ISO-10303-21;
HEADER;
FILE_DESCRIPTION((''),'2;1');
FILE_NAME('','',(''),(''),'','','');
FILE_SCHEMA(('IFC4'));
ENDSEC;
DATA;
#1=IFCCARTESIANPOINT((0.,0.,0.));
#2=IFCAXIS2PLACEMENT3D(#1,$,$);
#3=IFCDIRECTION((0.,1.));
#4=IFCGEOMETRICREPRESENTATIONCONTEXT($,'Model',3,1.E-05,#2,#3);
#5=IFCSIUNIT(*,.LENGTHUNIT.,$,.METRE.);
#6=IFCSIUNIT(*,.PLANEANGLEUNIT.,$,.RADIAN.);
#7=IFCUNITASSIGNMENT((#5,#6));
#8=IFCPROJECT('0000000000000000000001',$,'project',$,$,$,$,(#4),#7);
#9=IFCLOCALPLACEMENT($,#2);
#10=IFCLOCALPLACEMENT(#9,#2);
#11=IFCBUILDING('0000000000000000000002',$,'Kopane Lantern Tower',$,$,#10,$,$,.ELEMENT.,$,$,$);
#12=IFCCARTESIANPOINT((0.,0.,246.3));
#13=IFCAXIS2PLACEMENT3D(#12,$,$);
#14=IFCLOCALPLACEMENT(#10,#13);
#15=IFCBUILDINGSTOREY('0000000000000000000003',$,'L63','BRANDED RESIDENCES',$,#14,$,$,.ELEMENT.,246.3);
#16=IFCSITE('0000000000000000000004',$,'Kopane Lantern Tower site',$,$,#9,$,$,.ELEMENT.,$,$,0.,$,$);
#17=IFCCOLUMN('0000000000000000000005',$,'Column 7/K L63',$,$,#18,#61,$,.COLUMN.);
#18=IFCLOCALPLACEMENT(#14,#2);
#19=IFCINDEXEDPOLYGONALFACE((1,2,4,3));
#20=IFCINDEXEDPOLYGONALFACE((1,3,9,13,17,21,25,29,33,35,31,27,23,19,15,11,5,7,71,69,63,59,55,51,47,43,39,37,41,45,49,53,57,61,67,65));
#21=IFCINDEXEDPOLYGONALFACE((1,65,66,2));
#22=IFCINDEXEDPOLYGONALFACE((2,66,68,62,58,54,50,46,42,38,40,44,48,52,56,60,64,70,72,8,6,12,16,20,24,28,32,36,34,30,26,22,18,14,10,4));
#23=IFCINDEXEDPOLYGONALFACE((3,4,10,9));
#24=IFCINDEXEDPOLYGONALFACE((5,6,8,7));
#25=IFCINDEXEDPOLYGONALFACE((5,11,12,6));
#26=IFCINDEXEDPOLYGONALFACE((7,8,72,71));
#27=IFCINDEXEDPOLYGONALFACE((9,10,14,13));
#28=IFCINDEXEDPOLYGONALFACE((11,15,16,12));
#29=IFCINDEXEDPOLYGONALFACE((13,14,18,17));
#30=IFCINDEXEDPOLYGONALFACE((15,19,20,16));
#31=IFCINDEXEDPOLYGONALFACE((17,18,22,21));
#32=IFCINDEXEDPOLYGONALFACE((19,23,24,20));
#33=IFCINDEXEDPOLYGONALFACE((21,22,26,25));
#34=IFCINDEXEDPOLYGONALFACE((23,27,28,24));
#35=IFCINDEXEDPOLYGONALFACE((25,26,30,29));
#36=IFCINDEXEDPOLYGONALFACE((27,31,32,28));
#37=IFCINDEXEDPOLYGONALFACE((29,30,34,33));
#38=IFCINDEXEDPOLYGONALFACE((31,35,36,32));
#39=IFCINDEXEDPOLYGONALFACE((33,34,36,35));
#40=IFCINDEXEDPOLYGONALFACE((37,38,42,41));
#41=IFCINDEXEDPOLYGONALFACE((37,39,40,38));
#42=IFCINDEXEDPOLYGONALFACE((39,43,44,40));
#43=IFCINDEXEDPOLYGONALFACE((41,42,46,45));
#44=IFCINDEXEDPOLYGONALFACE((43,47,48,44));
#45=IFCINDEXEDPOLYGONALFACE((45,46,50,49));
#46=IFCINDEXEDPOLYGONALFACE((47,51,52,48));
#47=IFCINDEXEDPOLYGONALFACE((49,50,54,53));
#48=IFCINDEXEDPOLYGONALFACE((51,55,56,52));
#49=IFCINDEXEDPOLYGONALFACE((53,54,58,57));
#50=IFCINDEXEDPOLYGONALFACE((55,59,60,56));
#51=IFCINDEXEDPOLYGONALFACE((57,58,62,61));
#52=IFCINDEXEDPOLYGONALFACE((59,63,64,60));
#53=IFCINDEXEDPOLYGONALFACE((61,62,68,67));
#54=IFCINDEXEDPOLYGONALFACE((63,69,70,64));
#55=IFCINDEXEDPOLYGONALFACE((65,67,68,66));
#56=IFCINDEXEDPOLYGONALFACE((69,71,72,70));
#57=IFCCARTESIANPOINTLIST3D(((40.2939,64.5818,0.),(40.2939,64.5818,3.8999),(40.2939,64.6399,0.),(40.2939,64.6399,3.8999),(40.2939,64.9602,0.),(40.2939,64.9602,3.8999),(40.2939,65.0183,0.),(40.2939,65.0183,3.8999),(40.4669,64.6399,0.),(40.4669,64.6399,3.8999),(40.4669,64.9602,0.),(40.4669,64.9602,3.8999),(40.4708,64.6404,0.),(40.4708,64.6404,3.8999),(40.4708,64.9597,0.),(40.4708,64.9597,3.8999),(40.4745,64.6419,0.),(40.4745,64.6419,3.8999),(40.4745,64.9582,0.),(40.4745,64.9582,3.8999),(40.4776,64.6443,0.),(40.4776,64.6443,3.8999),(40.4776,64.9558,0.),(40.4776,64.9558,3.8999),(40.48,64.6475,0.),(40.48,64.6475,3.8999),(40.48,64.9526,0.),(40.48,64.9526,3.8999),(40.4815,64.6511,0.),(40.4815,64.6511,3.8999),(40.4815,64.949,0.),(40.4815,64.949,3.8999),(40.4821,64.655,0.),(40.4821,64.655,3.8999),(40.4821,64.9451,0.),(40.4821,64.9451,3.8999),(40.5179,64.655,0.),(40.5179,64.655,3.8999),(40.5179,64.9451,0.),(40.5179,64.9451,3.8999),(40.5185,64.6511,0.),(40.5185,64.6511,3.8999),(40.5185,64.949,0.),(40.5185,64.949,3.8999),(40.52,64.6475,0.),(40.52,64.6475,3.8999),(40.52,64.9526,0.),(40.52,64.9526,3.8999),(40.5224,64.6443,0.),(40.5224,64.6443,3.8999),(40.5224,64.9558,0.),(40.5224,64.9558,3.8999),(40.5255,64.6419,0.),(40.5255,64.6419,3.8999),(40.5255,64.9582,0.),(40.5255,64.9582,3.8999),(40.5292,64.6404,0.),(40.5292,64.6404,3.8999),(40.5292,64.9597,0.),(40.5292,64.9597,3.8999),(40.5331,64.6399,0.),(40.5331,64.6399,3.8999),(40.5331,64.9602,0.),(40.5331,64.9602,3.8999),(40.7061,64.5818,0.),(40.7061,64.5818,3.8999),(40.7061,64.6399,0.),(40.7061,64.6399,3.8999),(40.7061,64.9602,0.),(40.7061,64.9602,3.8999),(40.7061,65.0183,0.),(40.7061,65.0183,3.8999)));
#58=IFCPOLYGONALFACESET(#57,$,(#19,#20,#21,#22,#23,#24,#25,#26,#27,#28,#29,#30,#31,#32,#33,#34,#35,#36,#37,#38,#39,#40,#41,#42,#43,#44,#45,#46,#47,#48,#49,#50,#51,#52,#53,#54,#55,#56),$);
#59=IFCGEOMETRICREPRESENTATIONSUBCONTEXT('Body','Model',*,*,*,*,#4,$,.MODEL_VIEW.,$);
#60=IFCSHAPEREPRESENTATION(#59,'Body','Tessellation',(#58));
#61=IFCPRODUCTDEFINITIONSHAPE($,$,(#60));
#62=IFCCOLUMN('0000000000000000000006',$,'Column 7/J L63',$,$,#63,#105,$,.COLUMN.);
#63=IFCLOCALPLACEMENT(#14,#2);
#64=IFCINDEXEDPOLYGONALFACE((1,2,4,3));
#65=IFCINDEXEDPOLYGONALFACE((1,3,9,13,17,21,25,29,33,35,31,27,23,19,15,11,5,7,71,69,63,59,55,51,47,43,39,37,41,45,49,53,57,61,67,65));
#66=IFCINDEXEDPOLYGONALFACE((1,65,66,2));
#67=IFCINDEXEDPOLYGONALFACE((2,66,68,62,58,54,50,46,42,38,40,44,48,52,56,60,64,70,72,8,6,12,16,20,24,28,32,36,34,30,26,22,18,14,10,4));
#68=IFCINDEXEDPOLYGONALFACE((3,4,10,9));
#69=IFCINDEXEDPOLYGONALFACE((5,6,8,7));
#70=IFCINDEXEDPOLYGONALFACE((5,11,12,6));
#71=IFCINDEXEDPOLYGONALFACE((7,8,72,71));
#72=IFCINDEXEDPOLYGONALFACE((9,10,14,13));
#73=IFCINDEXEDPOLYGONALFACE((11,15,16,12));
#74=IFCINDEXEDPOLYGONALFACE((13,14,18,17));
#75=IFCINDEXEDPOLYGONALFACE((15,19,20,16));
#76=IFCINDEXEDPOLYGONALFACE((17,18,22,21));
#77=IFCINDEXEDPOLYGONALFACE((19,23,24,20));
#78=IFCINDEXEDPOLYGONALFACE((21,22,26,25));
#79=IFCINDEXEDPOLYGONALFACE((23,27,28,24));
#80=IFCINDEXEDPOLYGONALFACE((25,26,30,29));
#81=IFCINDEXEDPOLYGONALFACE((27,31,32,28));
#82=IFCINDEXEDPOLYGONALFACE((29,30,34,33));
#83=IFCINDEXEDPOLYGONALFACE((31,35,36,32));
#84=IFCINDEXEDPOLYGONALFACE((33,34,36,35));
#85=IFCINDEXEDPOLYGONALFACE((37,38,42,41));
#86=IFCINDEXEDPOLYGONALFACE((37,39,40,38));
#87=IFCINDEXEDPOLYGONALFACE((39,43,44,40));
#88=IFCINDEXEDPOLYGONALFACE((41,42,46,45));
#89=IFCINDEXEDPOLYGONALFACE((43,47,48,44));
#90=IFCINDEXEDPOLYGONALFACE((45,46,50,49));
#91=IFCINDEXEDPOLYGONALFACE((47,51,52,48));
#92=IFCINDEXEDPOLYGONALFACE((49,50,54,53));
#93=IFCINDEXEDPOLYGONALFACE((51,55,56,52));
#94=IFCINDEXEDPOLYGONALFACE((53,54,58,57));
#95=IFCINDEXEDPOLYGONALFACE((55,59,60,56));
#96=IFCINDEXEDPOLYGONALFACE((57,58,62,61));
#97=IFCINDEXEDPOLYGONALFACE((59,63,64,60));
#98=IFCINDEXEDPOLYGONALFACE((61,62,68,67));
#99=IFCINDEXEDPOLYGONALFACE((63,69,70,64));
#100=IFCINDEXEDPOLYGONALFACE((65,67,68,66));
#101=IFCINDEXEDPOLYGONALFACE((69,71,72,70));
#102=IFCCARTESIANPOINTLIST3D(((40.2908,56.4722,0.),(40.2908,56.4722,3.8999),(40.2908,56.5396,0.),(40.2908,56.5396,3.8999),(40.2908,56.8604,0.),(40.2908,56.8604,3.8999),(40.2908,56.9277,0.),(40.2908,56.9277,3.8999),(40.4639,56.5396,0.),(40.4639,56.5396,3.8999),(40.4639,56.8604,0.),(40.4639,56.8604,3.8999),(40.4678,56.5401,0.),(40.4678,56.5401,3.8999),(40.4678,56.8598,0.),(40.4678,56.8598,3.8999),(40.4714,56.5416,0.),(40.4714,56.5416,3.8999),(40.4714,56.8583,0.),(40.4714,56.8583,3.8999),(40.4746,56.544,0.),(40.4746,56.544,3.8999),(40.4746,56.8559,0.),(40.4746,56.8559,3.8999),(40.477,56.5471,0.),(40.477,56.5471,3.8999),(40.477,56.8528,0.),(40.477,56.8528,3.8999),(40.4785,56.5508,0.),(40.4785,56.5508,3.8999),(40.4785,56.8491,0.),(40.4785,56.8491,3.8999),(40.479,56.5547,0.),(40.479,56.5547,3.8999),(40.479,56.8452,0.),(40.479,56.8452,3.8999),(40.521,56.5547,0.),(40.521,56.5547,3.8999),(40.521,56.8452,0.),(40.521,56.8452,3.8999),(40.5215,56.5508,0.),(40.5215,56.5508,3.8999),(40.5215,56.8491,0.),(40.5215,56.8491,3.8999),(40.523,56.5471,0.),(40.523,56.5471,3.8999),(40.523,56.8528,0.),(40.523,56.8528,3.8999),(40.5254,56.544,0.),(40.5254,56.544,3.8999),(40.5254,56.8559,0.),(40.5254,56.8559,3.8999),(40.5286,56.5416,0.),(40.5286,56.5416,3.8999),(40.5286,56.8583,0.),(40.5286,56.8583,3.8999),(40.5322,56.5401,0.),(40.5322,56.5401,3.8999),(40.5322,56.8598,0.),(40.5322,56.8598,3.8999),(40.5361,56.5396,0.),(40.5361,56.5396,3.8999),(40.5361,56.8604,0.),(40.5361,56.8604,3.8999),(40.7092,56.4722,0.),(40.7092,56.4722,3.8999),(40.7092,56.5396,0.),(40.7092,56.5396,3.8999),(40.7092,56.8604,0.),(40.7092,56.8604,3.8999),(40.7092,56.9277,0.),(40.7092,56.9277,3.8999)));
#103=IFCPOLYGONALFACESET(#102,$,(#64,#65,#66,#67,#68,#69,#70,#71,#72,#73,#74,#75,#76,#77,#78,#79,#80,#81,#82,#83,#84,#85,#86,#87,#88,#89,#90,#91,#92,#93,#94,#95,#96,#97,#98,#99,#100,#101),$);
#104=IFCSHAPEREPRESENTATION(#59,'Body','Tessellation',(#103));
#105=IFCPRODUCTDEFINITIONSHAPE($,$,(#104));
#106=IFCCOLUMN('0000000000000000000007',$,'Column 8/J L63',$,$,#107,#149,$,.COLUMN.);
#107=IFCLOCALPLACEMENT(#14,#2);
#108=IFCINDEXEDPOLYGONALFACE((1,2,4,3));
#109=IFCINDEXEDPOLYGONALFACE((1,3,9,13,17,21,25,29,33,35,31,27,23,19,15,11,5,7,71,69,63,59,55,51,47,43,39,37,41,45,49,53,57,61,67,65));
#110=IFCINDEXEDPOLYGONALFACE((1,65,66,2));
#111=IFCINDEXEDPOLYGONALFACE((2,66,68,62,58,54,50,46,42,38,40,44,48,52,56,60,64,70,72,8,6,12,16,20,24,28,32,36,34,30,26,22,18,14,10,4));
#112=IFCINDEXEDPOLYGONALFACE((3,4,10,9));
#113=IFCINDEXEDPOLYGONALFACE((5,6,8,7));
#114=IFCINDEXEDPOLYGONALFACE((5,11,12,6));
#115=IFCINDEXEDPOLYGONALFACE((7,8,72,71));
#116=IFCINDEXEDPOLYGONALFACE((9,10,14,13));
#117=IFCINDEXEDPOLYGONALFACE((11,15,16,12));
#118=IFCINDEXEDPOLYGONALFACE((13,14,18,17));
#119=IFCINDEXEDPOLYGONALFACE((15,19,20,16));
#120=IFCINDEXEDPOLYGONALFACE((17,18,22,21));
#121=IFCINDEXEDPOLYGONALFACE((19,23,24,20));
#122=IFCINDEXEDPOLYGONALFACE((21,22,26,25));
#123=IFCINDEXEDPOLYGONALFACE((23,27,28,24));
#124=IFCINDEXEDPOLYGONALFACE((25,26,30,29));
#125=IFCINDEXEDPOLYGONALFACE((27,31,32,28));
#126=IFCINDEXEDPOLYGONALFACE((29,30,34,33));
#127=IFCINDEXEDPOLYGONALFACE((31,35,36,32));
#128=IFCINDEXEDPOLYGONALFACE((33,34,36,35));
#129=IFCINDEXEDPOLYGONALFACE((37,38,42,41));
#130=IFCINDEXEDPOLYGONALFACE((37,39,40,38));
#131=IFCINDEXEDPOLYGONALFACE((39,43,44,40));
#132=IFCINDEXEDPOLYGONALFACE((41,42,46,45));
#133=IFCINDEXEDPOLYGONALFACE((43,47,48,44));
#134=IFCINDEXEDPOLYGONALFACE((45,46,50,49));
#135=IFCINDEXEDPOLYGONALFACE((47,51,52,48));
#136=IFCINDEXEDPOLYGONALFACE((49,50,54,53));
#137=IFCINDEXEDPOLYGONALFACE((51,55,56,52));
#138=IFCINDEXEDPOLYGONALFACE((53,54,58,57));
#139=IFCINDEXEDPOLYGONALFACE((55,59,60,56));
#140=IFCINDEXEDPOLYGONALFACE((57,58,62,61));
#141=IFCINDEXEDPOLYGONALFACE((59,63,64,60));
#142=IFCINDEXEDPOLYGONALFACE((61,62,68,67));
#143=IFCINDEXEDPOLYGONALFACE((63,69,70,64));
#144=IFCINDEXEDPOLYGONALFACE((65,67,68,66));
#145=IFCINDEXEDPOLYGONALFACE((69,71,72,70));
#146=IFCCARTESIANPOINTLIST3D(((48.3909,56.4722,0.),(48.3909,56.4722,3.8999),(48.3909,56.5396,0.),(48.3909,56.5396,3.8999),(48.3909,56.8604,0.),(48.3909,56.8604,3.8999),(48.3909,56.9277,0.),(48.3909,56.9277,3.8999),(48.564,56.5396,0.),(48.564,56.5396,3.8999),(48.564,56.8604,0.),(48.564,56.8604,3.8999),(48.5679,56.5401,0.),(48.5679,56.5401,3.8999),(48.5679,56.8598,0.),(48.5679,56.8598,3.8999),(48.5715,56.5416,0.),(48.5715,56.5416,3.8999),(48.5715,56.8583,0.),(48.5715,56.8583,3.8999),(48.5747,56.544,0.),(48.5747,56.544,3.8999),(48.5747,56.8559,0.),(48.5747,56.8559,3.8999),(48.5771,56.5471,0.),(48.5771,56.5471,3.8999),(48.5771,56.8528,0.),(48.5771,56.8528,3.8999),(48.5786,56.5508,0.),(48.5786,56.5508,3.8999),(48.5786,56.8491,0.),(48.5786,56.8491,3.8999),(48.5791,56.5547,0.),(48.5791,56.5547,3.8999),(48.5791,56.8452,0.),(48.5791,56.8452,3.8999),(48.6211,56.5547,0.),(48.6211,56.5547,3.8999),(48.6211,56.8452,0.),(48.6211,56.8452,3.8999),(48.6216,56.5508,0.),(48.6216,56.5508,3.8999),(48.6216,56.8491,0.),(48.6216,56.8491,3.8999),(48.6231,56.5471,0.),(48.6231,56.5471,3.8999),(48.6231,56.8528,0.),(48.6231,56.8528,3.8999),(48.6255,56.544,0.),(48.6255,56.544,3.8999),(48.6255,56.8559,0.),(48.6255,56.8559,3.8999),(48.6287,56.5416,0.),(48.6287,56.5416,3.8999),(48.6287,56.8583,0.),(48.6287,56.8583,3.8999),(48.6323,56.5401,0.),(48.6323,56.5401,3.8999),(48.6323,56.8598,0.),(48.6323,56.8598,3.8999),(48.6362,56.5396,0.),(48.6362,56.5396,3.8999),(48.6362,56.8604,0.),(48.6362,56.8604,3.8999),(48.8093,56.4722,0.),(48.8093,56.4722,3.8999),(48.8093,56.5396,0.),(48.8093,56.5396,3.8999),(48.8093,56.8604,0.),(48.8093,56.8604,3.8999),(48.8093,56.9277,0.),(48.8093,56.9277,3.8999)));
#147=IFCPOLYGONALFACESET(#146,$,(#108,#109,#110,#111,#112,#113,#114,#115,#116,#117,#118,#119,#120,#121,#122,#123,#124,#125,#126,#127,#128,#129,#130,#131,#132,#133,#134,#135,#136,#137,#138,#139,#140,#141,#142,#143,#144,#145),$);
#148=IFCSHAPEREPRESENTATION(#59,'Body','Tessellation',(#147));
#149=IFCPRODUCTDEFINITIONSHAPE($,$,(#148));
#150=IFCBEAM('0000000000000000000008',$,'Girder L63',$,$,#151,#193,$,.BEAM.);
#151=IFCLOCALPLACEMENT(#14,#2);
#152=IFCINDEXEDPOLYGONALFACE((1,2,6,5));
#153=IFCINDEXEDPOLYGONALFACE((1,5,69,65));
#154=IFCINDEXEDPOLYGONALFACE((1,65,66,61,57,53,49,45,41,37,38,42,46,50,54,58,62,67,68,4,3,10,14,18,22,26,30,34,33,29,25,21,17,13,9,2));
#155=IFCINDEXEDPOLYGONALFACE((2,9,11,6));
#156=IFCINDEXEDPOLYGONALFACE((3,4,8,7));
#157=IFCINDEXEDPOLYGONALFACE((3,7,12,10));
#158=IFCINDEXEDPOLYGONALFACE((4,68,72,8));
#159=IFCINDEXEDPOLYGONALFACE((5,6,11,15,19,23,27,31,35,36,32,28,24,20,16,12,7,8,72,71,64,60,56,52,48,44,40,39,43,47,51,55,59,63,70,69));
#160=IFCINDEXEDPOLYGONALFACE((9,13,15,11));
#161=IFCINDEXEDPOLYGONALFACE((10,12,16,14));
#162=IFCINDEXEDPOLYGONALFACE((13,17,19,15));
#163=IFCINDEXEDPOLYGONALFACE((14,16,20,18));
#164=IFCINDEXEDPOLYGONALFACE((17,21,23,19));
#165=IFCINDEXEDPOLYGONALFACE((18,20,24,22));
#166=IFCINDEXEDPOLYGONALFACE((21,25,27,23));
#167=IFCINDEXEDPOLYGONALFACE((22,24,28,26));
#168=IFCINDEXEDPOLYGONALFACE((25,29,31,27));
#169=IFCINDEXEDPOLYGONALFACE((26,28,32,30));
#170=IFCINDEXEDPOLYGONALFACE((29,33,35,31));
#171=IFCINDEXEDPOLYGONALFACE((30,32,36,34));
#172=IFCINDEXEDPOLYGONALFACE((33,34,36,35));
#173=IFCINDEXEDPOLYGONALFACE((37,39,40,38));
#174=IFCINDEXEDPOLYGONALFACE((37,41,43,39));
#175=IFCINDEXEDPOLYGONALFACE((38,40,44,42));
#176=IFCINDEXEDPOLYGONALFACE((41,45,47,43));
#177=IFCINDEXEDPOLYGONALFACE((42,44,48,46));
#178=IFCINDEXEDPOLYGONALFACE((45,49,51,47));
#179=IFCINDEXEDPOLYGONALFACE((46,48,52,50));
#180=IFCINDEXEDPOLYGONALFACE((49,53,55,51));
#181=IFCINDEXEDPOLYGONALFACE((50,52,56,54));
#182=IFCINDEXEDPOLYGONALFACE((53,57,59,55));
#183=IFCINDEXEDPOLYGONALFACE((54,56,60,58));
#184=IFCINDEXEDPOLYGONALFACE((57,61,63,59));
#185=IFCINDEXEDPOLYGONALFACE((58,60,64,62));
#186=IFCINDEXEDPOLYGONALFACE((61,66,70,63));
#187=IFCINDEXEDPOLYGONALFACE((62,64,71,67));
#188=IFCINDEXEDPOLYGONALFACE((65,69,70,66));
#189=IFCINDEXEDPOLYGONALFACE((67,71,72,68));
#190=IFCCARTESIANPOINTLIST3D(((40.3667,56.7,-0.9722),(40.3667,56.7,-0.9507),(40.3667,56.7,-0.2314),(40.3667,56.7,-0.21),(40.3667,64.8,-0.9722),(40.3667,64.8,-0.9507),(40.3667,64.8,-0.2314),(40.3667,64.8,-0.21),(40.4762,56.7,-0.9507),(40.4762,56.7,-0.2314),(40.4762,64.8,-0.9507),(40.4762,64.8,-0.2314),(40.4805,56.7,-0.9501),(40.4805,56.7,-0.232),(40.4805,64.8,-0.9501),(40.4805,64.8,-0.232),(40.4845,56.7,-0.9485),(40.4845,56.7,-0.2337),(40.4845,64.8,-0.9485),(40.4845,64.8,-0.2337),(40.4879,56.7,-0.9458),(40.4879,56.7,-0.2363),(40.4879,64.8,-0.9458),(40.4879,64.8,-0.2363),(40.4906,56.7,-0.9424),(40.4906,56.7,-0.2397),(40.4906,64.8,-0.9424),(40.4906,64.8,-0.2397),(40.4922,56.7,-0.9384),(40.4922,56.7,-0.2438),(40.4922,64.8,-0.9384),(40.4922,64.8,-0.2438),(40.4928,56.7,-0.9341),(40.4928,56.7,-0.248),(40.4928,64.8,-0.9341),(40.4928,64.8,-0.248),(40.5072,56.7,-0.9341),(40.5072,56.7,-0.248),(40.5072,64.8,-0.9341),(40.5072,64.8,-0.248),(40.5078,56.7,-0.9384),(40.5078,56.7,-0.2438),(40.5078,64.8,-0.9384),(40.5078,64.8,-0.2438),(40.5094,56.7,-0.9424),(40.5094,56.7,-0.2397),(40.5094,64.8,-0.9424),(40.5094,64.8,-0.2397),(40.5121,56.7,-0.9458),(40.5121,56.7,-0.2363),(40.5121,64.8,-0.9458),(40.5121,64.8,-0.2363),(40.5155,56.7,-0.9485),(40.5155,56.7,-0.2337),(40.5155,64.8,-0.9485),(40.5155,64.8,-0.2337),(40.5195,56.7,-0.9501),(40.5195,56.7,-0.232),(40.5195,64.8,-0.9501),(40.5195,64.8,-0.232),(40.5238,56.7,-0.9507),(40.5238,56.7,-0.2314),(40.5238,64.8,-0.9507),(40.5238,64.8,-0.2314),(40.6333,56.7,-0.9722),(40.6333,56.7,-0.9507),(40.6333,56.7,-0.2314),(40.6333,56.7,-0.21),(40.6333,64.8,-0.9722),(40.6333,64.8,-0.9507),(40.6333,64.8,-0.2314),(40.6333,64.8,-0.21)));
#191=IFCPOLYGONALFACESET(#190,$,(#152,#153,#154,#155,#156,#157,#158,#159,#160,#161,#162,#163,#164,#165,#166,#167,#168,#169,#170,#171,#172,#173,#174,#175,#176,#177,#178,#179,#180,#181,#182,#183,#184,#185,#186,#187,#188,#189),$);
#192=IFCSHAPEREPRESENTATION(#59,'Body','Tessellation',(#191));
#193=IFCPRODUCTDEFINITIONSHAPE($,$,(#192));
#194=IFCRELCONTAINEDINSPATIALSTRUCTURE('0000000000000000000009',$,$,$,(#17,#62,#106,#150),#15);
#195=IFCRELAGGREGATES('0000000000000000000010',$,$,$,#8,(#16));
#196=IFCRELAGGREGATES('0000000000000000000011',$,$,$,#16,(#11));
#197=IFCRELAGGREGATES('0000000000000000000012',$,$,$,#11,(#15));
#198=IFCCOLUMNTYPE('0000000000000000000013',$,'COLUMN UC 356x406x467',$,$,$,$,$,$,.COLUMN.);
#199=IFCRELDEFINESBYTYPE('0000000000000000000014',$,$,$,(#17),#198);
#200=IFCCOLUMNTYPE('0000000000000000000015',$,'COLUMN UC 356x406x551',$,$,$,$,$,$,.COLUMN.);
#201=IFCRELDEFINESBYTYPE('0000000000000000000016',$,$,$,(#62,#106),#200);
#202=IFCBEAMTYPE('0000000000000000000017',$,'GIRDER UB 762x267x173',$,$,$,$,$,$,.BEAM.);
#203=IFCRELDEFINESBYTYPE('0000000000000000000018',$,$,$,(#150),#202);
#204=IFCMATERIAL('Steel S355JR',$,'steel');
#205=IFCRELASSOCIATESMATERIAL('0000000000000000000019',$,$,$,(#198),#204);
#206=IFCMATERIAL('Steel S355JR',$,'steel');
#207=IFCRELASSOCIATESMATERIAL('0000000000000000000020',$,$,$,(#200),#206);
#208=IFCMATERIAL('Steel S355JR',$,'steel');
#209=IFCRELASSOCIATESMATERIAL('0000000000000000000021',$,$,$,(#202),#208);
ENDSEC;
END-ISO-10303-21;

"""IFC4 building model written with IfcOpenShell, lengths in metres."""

from ifc_helpers import new_model, si_unit, direction, frame, origin, origin_2d, place, context, subcontext, project, spatial, i_section, extrude, material, material_profile, profile_set, type_object, element, save


model = new_model("IFC4")

# Units and contexts
model_context = context("Model", 3, precision=1e-05, world=origin(), true_north=direction((0.0, 1.0)))
body_context = subcontext(model_context, "Body", "Model", "MODEL_VIEW")
ifc_project = project(units=[si_unit("LENGTHUNIT", "METRE"), si_unit("PLANEANGLEUNIT", "RADIAN")], contexts=[model_context])

# Site, building, storey
site_placement = place(None, origin())
site = spatial("IfcSite", under=ifc_project, at=site_placement, Name="Kopane Lantern Tower site", CompositionType="ELEMENT", RefElevation=0.0)
building_placement = place(site_placement, origin())
building = spatial("IfcBuilding", under=site, at=building_placement, Name="Kopane Lantern Tower", CompositionType="ELEMENT")
storey_placement = place(building_placement, frame((0.0, 0.0, 246.3)))
storey = spatial("IfcBuildingStorey", under=building, at=storey_placement, Name="L63", Description="BRANDED RESIDENCES", CompositionType="ELEMENT", Elevation=246.3)

# Columns
ifc_material_1 = material(Name="Steel S355JR", Category="steel")
ifc_material_profile_1 = material_profile(ifc_material_1, i_section(OverallWidth=0.4121, OverallDepth=0.4365, WebThickness=0.0359, FlangeThickness=0.0581, FilletRadius=0.0151, at=origin_2d()), Name="UC 356x406x467")
ifc_profile_set_1 = profile_set([ifc_material_profile_1], Name="Steel S355JR")
column_type_1 = type_object("IfcColumnType", Name="COLUMN UC 356x406x467", PredefinedType="COLUMN", material=ifc_profile_set_1)
column_placement = place(storey_placement, frame((40.5, 64.8, 0.0), z_axis=(0.0, 0.0, 1.0), x_axis=(1.0, 0.0, 0.0)))
element("IfcColumn", 1, at=column_placement, inside=storey, type_object=column_type_1, Name="Column 7/K L63", PredefinedType="COLUMN", context=body_context, shape_type="SweptSolid", body=[
    extrude(i_section(OverallWidth=0.4121, OverallDepth=0.4365, WebThickness=0.0359, FlangeThickness=0.0581, FilletRadius=0.0151, at=origin_2d()), origin(), (0.0, 0.0, 1.0), 3.8999),
])
ifc_material_2 = material(Name="Steel S355JR", Category="steel")
ifc_material_profile_2 = material_profile(ifc_material_2, i_section(OverallWidth=0.4185, OverallDepth=0.4556, WebThickness=0.042, FlangeThickness=0.0674, FilletRadius=0.0151, at=origin_2d()), Name="UC 356x406x551")
ifc_profile_set_2 = profile_set([ifc_material_profile_2], Name="Steel S355JR")
column_type_2 = type_object("IfcColumnType", Name="COLUMN UC 356x406x551", PredefinedType="COLUMN", material=ifc_profile_set_2)
for number, where, z_axis, x_axis, name in (
    (2, (40.5, 56.7, 0.0), (0.0, 0.0, 1.0), (1.0, 0.0, 0.0), "Column 7/J L63"),
    (3, (48.6001, 56.7, 0.0), (0.0, 0.0, 1.0), (1.0, 0.0, 0.0), "Column 8/J L63"),
):
    element("IfcColumn", number, at=place(storey_placement, frame(where, z_axis=z_axis, x_axis=x_axis)), inside=storey, type_object=column_type_2, Name=name, PredefinedType="COLUMN", context=body_context, shape_type="SweptSolid", body=[
        extrude(i_section(OverallWidth=0.4185, OverallDepth=0.4556, WebThickness=0.042, FlangeThickness=0.0674, FilletRadius=0.0151, at=origin_2d()), origin(), (0.0, 0.0, 1.0), 3.8999),
    ])

# Beam
ifc_material_3 = material(Name="Steel S355JR", Category="steel")
ifc_material_profile_3 = material_profile(ifc_material_3, i_section(OverallWidth=0.2666, OverallDepth=0.7622, WebThickness=0.0144, FlangeThickness=0.0215, FilletRadius=0.0166, at=origin_2d()), Name="UB 762x267x173")
ifc_profile_set_3 = profile_set([ifc_material_profile_3], Name="Steel S355JR")
beam_type = type_object("IfcBeamType", Name="GIRDER UB 762x267x173", PredefinedType="BEAM", material=ifc_profile_set_3)
for number, where, z_axis, x_axis, name in (
    (4, (40.5, 56.7, -0.5911), (0.0, 1.0, 0.0), (-1.0, 0.0, 0.0), "Girder L63"),
):
    element("IfcBeam", number, at=place(storey_placement, frame(where, z_axis=z_axis, x_axis=x_axis)), inside=storey, type_object=beam_type, Name=name, PredefinedType="BEAM", context=body_context, shape_type="SweptSolid", body=[
        extrude(i_section(OverallWidth=0.2666, OverallDepth=0.7622, WebThickness=0.0144, FlangeThickness=0.0215, FilletRadius=0.0166, at=origin_2d()), origin(), (0.0, 0.0, 1.0), 8.1001),
    ])

save(model, "model.ifc")
